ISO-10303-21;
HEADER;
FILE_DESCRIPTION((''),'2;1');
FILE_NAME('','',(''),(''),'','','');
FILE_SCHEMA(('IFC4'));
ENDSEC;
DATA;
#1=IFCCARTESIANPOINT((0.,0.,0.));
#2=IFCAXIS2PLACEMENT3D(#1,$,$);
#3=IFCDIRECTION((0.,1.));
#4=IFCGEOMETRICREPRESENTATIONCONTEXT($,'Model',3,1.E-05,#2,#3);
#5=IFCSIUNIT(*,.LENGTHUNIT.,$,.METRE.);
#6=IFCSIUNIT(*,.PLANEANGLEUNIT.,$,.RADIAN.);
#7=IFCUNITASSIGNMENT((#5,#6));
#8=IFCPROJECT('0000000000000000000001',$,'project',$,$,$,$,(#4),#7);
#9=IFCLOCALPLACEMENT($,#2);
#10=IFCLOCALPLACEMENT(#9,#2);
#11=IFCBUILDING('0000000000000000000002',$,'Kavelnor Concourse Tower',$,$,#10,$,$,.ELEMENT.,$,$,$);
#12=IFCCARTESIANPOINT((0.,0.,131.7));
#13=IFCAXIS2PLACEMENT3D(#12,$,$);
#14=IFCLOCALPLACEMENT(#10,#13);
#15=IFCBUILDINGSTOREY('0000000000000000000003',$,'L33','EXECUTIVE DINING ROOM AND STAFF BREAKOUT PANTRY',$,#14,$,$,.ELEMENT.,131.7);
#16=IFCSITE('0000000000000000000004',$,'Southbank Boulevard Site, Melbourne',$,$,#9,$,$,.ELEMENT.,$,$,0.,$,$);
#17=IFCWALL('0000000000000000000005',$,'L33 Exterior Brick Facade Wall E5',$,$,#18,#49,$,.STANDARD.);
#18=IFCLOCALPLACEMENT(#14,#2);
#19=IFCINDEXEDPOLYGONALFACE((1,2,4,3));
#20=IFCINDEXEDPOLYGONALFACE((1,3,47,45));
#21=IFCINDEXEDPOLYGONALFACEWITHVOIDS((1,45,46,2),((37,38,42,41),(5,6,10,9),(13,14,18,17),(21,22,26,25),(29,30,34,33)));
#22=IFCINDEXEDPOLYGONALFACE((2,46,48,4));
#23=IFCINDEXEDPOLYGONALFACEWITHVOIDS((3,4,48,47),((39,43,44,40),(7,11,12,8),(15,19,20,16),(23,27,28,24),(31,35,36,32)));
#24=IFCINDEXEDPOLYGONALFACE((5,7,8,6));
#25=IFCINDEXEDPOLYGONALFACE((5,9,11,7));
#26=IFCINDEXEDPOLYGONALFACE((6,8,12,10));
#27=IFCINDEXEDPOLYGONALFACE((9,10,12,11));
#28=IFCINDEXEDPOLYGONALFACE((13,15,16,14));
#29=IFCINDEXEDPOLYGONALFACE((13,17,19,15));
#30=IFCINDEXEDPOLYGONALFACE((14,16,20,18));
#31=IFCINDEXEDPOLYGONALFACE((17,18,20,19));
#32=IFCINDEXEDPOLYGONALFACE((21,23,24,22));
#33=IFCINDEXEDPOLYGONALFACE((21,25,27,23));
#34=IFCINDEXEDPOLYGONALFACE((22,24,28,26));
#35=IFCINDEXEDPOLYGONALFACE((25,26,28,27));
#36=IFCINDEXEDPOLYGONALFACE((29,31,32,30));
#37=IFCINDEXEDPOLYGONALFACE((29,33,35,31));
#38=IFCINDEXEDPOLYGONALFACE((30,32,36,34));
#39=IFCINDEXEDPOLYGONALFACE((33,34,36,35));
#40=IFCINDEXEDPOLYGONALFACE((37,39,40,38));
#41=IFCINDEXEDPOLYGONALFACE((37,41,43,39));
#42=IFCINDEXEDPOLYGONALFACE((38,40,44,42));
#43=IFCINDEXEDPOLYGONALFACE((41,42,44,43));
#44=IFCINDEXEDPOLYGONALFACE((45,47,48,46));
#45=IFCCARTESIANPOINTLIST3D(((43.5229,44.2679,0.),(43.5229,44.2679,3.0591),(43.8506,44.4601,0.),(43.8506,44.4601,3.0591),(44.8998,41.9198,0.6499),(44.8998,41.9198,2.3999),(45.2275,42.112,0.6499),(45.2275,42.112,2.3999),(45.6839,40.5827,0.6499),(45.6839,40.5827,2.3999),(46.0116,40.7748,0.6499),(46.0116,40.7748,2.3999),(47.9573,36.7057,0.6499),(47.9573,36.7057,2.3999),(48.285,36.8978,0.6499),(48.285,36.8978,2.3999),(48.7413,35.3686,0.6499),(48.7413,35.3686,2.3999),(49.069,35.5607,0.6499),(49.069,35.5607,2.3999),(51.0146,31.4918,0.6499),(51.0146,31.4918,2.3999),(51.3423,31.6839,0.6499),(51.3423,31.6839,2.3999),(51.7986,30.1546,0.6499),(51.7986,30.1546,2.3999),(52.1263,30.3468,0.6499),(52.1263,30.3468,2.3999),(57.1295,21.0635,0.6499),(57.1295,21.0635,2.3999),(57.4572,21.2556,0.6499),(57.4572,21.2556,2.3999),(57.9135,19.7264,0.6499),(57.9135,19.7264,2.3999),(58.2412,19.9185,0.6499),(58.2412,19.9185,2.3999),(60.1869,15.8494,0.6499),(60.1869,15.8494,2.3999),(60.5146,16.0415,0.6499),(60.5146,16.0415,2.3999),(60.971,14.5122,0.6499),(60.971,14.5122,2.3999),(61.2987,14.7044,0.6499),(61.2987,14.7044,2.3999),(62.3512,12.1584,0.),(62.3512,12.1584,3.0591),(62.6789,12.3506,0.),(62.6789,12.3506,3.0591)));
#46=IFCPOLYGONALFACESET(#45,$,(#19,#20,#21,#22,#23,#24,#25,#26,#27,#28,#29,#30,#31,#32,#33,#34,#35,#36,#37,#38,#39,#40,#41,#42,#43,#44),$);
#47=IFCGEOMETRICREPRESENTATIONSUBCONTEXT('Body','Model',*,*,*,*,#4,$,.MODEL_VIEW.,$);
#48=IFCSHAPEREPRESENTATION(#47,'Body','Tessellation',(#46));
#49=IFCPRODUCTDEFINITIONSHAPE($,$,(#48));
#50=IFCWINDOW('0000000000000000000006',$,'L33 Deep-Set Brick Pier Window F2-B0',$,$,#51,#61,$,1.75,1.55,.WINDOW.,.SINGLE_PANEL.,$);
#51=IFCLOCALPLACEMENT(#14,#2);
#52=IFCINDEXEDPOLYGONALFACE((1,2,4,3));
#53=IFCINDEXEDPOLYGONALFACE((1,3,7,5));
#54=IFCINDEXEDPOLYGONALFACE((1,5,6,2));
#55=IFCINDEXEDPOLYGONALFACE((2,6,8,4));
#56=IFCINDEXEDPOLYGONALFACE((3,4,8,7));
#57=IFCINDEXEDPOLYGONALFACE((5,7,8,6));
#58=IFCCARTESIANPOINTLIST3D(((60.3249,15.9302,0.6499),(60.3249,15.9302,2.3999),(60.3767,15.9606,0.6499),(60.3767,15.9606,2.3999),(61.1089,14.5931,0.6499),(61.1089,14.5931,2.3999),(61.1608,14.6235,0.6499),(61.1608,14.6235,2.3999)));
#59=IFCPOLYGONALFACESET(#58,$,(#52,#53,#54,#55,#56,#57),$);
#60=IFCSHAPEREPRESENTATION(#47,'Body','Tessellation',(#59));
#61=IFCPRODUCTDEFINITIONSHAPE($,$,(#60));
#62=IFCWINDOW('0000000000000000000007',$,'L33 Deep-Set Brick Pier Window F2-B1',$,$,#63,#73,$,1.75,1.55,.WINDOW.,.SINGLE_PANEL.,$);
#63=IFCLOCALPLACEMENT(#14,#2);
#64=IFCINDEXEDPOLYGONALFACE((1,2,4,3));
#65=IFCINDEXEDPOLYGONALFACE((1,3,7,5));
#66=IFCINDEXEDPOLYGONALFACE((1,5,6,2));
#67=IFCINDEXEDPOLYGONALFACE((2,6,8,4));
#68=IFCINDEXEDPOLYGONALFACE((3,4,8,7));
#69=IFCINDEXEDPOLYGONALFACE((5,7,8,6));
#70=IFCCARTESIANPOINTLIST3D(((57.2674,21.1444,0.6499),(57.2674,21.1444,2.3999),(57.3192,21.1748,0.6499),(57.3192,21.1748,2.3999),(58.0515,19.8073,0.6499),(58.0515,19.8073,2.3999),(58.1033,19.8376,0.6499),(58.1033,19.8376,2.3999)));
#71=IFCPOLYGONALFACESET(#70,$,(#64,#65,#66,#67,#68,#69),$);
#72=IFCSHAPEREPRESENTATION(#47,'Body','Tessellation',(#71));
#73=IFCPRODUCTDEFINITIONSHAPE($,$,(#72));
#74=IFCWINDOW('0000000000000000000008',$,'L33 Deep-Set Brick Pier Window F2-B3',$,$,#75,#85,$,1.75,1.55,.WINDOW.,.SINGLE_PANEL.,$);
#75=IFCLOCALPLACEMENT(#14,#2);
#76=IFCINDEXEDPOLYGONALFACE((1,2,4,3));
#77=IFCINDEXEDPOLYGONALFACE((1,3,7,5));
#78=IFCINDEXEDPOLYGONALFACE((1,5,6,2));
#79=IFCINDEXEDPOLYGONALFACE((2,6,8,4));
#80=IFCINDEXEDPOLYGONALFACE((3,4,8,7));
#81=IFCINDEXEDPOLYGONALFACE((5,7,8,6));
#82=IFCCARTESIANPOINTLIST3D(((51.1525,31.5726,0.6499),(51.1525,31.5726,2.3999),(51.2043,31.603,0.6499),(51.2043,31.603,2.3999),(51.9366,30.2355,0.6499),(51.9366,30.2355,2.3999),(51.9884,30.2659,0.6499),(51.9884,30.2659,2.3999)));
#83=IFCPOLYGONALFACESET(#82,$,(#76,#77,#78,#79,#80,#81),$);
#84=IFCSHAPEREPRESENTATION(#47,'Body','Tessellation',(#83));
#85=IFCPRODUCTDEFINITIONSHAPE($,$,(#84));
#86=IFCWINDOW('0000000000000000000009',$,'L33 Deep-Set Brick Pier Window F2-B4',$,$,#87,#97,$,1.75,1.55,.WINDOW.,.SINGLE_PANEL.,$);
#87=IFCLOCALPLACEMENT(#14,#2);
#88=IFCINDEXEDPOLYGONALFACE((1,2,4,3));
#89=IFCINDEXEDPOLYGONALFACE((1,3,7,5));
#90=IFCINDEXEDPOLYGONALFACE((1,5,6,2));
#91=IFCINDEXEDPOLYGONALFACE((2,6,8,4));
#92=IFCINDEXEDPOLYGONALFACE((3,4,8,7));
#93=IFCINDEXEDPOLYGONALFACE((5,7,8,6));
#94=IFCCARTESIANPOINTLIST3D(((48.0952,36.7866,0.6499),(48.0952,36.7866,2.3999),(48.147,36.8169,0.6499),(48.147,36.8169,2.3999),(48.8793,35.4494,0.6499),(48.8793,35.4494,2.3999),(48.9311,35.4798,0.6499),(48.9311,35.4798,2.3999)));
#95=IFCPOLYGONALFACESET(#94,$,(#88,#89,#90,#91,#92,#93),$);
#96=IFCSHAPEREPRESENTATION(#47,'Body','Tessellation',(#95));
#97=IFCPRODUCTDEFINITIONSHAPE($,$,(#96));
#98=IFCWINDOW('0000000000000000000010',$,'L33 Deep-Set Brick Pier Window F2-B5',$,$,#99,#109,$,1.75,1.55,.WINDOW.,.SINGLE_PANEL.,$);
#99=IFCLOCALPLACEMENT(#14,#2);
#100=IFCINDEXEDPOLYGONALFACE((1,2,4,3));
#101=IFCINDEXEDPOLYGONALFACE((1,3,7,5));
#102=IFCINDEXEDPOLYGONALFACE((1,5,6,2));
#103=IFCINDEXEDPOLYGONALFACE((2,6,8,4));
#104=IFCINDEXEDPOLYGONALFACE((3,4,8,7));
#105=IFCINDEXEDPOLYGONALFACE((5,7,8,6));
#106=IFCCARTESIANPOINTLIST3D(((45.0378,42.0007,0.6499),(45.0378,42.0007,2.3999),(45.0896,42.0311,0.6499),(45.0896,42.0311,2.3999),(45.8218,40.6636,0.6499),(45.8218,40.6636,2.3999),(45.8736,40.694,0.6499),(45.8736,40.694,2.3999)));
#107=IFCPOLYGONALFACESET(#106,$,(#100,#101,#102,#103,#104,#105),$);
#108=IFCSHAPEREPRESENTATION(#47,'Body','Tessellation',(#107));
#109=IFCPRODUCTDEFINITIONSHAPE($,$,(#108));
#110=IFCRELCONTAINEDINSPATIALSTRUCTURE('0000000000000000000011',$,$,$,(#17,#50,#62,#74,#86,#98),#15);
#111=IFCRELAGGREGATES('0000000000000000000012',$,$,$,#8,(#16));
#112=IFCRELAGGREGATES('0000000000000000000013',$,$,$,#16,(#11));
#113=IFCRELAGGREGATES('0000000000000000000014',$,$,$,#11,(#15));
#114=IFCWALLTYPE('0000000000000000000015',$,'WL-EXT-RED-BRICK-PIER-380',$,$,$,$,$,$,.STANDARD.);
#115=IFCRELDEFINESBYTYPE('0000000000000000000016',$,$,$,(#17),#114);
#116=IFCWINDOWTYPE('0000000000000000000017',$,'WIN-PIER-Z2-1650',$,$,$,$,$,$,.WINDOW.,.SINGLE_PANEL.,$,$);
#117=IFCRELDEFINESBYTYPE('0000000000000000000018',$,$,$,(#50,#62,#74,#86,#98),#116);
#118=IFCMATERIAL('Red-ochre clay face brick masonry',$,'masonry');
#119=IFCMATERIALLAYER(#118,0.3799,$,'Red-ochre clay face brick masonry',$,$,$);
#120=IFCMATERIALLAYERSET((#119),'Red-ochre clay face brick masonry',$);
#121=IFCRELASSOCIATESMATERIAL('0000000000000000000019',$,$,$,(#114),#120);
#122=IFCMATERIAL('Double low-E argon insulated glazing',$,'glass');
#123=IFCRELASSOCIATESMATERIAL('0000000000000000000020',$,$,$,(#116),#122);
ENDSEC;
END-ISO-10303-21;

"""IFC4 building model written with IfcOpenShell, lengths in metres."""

from ifc_helpers import new_model, si_unit, direction, frame, frame_2d, origin, place, context, subcontext, project, spatial, rectangle, extrude, material, layer, layer_set, type_object, element, fill, save


model = new_model("IFC4")

# Units and contexts
model_context = context("Model", 3, precision=1e-05, world=origin(), true_north=direction((0.0, 1.0)))
body_context = subcontext(model_context, "Body", "Model", "MODEL_VIEW")
ifc_project = project(units=[si_unit("LENGTHUNIT", "METRE"), si_unit("PLANEANGLEUNIT", "RADIAN")], contexts=[model_context])

# Site, building, storey
site_placement = place(None, origin())
site = spatial("IfcSite", under=ifc_project, at=site_placement, Name="Southbank Boulevard Site, Melbourne", CompositionType="ELEMENT", RefElevation=0.0)
building_placement = place(site_placement, origin())
building = spatial("IfcBuilding", under=site, at=building_placement, Name="Kavelnor Concourse Tower", CompositionType="ELEMENT")
storey_placement = place(building_placement, frame((0.0, 0.0, 131.7)))
storey = spatial("IfcBuildingStorey", under=building, at=storey_placement, Name="L33", Description="EXECUTIVE DINING ROOM AND STAFF BREAKOUT PANTRY", CompositionType="ELEMENT", Elevation=131.7)

# Wall, openings, windows
ifc_material_1 = material(Name="Red-ochre clay face brick masonry", Category="masonry")
ifc_layer_1 = layer(ifc_material_1, 0.3799, Name="Red-ochre clay face brick masonry")
ifc_layer_set_1 = layer_set([ifc_layer_1], Name="Red-ochre clay face brick masonry")
wall_type = type_object("IfcWallType", Name="WL-EXT-RED-BRICK-PIER-380", PredefinedType="STANDARD", material=ifc_layer_set_1)
wall_placement = place(storey_placement, frame((43.6868, 44.364, 0.0), z_axis=(0.0, 0.0, 1.0), x_axis=(0.505829, -0.862634, 0.0)))
wall = element("IfcWall", 1, at=wall_placement, inside=storey, type_object=wall_type, Name="L33 Exterior Brick Facade Wall E5", PredefinedType="STANDARD", context=body_context, shape_type="SweptSolid", body=[
    extrude(rectangle(XDim=37.2227, YDim=0.3799, at=frame_2d((18.6113, 0.0))), origin(), (0.0, 0.0, 1.0), 3.0591),
])
opening_1_placement = place(wall_placement, frame((32.9441, 0.0, 0.6499)))
opening_1 = element("IfcOpeningElement", 2, at=opening_1_placement, cuts=wall, PredefinedType="OPENING", context=body_context, shape_type="SweptSolid", body=[
    extrude(rectangle(XDim=1.55, YDim=1.75, at=frame_2d((0.7749, 0.875))), frame((0.0, 0.2, 0.0), z_axis=(0.0, -1.0, 0.0), x_axis=(1.0, 0.0, 0.0)), (0.0, 0.0, 1.0), 0.3999),
])
opening_2_placement = place(wall_placement, frame((26.8997, 0.0, 0.6499)))
opening_2 = element("IfcOpeningElement", 3, at=opening_2_placement, cuts=wall, PredefinedType="OPENING", context=body_context, shape_type="SweptSolid", body=[
    extrude(rectangle(XDim=1.55, YDim=1.75, at=frame_2d((0.7749, 0.875))), frame((0.0, 0.2, 0.0), z_axis=(0.0, -1.0, 0.0), x_axis=(1.0, 0.0, 0.0)), (0.0, 0.0, 1.0), 0.3999),
])
opening_3_placement = place(wall_placement, frame((14.8108, 0.0, 0.6499)))
opening_3 = element("IfcOpeningElement", 4, at=opening_3_placement, cuts=wall, PredefinedType="OPENING", context=body_context, shape_type="SweptSolid", body=[
    extrude(rectangle(XDim=1.55, YDim=1.75, at=frame_2d((0.7749, 0.875))), frame((0.0, 0.2, 0.0), z_axis=(0.0, -1.0, 0.0), x_axis=(1.0, 0.0, 0.0)), (0.0, 0.0, 1.0), 0.3999),
])
opening_4_placement = place(wall_placement, frame((8.7666, 0.0, 0.6499)))
opening_4 = element("IfcOpeningElement", 5, at=opening_4_placement, cuts=wall, PredefinedType="OPENING", context=body_context, shape_type="SweptSolid", body=[
    extrude(rectangle(XDim=1.55, YDim=1.75, at=frame_2d((0.7749, 0.875))), frame((0.0, 0.2, 0.0), z_axis=(0.0, -1.0, 0.0), x_axis=(1.0, 0.0, 0.0)), (0.0, 0.0, 1.0), 0.3999),
])
opening_5_placement = place(wall_placement, frame((2.7222, 0.0, 0.6499)))
opening_5 = element("IfcOpeningElement", 6, at=opening_5_placement, cuts=wall, PredefinedType="OPENING", context=body_context, shape_type="SweptSolid", body=[
    extrude(rectangle(XDim=1.55, YDim=1.75, at=frame_2d((0.7749, 0.875))), frame((0.0, 0.2, 0.0), z_axis=(0.0, -1.0, 0.0), x_axis=(1.0, 0.0, 0.0)), (0.0, 0.0, 1.0), 0.3999),
])
ifc_material_2 = material(Name="Double low-E argon insulated glazing", Category="glass")
window_type = type_object("IfcWindowType", Name="WIN-PIER-Z2-1650", PartitioningType="SINGLE_PANEL", PredefinedType="WINDOW", material=ifc_material_2)
window_1_placement = place(opening_1_placement, origin())
window_1 = element("IfcWindow", 7, at=window_1_placement, inside=storey, type_object=window_type, Name="L33 Deep-Set Brick Pier Window F2-B0", OverallHeight=1.75, OverallWidth=1.55, PartitioningType="SINGLE_PANEL", PredefinedType="WINDOW", context=body_context, shape_type="SweptSolid", body=[
    extrude(rectangle(XDim=1.55, YDim=1.75, at=frame_2d((0.7749, 0.875))), frame((0.0, 0.03, 0.0), z_axis=(0.0, -1.0, 0.0), x_axis=(1.0, 0.0, 0.0)), (0.0, 0.0, 1.0), 0.0601),
])
fill(opening_1, window_1)
window_2_placement = place(opening_2_placement, origin())
window_2 = element("IfcWindow", 8, at=window_2_placement, inside=storey, type_object=window_type, Name="L33 Deep-Set Brick Pier Window F2-B1", OverallHeight=1.75, OverallWidth=1.55, PartitioningType="SINGLE_PANEL", PredefinedType="WINDOW", context=body_context, shape_type="SweptSolid", body=[
    extrude(rectangle(XDim=1.55, YDim=1.75, at=frame_2d((0.7749, 0.875))), frame((0.0, 0.03, 0.0), z_axis=(0.0, -1.0, 0.0), x_axis=(1.0, 0.0, 0.0)), (0.0, 0.0, 1.0), 0.0601),
])
fill(opening_2, window_2)
window_3_placement = place(opening_3_placement, origin())
window_3 = element("IfcWindow", 9, at=window_3_placement, inside=storey, type_object=window_type, Name="L33 Deep-Set Brick Pier Window F2-B3", OverallHeight=1.75, OverallWidth=1.55, PartitioningType="SINGLE_PANEL", PredefinedType="WINDOW", context=body_context, shape_type="SweptSolid", body=[
    extrude(rectangle(XDim=1.55, YDim=1.75, at=frame_2d((0.7749, 0.875))), frame((0.0, 0.03, 0.0), z_axis=(0.0, -1.0, 0.0), x_axis=(1.0, 0.0, 0.0)), (0.0, 0.0, 1.0), 0.0601),
])
fill(opening_3, window_3)
window_4_placement = place(opening_4_placement, origin())
window_4 = element("IfcWindow", 10, at=window_4_placement, inside=storey, type_object=window_type, Name="L33 Deep-Set Brick Pier Window F2-B4", OverallHeight=1.75, OverallWidth=1.55, PartitioningType="SINGLE_PANEL", PredefinedType="WINDOW", context=body_context, shape_type="SweptSolid", body=[
    extrude(rectangle(XDim=1.55, YDim=1.75, at=frame_2d((0.7749, 0.875))), frame((0.0, 0.03, 0.0), z_axis=(0.0, -1.0, 0.0), x_axis=(1.0, 0.0, 0.0)), (0.0, 0.0, 1.0), 0.0601),
])
fill(opening_4, window_4)
window_5_placement = place(opening_5_placement, origin())
window_5 = element("IfcWindow", 11, at=window_5_placement, inside=storey, type_object=window_type, Name="L33 Deep-Set Brick Pier Window F2-B5", OverallHeight=1.75, OverallWidth=1.55, PartitioningType="SINGLE_PANEL", PredefinedType="WINDOW", context=body_context, shape_type="SweptSolid", body=[
    extrude(rectangle(XDim=1.55, YDim=1.75, at=frame_2d((0.7749, 0.875))), frame((0.0, 0.03, 0.0), z_axis=(0.0, -1.0, 0.0), x_axis=(1.0, 0.0, 0.0)), (0.0, 0.0, 1.0), 0.0601),
])
fill(opening_5, window_5)

save(model, "model.ifc")
